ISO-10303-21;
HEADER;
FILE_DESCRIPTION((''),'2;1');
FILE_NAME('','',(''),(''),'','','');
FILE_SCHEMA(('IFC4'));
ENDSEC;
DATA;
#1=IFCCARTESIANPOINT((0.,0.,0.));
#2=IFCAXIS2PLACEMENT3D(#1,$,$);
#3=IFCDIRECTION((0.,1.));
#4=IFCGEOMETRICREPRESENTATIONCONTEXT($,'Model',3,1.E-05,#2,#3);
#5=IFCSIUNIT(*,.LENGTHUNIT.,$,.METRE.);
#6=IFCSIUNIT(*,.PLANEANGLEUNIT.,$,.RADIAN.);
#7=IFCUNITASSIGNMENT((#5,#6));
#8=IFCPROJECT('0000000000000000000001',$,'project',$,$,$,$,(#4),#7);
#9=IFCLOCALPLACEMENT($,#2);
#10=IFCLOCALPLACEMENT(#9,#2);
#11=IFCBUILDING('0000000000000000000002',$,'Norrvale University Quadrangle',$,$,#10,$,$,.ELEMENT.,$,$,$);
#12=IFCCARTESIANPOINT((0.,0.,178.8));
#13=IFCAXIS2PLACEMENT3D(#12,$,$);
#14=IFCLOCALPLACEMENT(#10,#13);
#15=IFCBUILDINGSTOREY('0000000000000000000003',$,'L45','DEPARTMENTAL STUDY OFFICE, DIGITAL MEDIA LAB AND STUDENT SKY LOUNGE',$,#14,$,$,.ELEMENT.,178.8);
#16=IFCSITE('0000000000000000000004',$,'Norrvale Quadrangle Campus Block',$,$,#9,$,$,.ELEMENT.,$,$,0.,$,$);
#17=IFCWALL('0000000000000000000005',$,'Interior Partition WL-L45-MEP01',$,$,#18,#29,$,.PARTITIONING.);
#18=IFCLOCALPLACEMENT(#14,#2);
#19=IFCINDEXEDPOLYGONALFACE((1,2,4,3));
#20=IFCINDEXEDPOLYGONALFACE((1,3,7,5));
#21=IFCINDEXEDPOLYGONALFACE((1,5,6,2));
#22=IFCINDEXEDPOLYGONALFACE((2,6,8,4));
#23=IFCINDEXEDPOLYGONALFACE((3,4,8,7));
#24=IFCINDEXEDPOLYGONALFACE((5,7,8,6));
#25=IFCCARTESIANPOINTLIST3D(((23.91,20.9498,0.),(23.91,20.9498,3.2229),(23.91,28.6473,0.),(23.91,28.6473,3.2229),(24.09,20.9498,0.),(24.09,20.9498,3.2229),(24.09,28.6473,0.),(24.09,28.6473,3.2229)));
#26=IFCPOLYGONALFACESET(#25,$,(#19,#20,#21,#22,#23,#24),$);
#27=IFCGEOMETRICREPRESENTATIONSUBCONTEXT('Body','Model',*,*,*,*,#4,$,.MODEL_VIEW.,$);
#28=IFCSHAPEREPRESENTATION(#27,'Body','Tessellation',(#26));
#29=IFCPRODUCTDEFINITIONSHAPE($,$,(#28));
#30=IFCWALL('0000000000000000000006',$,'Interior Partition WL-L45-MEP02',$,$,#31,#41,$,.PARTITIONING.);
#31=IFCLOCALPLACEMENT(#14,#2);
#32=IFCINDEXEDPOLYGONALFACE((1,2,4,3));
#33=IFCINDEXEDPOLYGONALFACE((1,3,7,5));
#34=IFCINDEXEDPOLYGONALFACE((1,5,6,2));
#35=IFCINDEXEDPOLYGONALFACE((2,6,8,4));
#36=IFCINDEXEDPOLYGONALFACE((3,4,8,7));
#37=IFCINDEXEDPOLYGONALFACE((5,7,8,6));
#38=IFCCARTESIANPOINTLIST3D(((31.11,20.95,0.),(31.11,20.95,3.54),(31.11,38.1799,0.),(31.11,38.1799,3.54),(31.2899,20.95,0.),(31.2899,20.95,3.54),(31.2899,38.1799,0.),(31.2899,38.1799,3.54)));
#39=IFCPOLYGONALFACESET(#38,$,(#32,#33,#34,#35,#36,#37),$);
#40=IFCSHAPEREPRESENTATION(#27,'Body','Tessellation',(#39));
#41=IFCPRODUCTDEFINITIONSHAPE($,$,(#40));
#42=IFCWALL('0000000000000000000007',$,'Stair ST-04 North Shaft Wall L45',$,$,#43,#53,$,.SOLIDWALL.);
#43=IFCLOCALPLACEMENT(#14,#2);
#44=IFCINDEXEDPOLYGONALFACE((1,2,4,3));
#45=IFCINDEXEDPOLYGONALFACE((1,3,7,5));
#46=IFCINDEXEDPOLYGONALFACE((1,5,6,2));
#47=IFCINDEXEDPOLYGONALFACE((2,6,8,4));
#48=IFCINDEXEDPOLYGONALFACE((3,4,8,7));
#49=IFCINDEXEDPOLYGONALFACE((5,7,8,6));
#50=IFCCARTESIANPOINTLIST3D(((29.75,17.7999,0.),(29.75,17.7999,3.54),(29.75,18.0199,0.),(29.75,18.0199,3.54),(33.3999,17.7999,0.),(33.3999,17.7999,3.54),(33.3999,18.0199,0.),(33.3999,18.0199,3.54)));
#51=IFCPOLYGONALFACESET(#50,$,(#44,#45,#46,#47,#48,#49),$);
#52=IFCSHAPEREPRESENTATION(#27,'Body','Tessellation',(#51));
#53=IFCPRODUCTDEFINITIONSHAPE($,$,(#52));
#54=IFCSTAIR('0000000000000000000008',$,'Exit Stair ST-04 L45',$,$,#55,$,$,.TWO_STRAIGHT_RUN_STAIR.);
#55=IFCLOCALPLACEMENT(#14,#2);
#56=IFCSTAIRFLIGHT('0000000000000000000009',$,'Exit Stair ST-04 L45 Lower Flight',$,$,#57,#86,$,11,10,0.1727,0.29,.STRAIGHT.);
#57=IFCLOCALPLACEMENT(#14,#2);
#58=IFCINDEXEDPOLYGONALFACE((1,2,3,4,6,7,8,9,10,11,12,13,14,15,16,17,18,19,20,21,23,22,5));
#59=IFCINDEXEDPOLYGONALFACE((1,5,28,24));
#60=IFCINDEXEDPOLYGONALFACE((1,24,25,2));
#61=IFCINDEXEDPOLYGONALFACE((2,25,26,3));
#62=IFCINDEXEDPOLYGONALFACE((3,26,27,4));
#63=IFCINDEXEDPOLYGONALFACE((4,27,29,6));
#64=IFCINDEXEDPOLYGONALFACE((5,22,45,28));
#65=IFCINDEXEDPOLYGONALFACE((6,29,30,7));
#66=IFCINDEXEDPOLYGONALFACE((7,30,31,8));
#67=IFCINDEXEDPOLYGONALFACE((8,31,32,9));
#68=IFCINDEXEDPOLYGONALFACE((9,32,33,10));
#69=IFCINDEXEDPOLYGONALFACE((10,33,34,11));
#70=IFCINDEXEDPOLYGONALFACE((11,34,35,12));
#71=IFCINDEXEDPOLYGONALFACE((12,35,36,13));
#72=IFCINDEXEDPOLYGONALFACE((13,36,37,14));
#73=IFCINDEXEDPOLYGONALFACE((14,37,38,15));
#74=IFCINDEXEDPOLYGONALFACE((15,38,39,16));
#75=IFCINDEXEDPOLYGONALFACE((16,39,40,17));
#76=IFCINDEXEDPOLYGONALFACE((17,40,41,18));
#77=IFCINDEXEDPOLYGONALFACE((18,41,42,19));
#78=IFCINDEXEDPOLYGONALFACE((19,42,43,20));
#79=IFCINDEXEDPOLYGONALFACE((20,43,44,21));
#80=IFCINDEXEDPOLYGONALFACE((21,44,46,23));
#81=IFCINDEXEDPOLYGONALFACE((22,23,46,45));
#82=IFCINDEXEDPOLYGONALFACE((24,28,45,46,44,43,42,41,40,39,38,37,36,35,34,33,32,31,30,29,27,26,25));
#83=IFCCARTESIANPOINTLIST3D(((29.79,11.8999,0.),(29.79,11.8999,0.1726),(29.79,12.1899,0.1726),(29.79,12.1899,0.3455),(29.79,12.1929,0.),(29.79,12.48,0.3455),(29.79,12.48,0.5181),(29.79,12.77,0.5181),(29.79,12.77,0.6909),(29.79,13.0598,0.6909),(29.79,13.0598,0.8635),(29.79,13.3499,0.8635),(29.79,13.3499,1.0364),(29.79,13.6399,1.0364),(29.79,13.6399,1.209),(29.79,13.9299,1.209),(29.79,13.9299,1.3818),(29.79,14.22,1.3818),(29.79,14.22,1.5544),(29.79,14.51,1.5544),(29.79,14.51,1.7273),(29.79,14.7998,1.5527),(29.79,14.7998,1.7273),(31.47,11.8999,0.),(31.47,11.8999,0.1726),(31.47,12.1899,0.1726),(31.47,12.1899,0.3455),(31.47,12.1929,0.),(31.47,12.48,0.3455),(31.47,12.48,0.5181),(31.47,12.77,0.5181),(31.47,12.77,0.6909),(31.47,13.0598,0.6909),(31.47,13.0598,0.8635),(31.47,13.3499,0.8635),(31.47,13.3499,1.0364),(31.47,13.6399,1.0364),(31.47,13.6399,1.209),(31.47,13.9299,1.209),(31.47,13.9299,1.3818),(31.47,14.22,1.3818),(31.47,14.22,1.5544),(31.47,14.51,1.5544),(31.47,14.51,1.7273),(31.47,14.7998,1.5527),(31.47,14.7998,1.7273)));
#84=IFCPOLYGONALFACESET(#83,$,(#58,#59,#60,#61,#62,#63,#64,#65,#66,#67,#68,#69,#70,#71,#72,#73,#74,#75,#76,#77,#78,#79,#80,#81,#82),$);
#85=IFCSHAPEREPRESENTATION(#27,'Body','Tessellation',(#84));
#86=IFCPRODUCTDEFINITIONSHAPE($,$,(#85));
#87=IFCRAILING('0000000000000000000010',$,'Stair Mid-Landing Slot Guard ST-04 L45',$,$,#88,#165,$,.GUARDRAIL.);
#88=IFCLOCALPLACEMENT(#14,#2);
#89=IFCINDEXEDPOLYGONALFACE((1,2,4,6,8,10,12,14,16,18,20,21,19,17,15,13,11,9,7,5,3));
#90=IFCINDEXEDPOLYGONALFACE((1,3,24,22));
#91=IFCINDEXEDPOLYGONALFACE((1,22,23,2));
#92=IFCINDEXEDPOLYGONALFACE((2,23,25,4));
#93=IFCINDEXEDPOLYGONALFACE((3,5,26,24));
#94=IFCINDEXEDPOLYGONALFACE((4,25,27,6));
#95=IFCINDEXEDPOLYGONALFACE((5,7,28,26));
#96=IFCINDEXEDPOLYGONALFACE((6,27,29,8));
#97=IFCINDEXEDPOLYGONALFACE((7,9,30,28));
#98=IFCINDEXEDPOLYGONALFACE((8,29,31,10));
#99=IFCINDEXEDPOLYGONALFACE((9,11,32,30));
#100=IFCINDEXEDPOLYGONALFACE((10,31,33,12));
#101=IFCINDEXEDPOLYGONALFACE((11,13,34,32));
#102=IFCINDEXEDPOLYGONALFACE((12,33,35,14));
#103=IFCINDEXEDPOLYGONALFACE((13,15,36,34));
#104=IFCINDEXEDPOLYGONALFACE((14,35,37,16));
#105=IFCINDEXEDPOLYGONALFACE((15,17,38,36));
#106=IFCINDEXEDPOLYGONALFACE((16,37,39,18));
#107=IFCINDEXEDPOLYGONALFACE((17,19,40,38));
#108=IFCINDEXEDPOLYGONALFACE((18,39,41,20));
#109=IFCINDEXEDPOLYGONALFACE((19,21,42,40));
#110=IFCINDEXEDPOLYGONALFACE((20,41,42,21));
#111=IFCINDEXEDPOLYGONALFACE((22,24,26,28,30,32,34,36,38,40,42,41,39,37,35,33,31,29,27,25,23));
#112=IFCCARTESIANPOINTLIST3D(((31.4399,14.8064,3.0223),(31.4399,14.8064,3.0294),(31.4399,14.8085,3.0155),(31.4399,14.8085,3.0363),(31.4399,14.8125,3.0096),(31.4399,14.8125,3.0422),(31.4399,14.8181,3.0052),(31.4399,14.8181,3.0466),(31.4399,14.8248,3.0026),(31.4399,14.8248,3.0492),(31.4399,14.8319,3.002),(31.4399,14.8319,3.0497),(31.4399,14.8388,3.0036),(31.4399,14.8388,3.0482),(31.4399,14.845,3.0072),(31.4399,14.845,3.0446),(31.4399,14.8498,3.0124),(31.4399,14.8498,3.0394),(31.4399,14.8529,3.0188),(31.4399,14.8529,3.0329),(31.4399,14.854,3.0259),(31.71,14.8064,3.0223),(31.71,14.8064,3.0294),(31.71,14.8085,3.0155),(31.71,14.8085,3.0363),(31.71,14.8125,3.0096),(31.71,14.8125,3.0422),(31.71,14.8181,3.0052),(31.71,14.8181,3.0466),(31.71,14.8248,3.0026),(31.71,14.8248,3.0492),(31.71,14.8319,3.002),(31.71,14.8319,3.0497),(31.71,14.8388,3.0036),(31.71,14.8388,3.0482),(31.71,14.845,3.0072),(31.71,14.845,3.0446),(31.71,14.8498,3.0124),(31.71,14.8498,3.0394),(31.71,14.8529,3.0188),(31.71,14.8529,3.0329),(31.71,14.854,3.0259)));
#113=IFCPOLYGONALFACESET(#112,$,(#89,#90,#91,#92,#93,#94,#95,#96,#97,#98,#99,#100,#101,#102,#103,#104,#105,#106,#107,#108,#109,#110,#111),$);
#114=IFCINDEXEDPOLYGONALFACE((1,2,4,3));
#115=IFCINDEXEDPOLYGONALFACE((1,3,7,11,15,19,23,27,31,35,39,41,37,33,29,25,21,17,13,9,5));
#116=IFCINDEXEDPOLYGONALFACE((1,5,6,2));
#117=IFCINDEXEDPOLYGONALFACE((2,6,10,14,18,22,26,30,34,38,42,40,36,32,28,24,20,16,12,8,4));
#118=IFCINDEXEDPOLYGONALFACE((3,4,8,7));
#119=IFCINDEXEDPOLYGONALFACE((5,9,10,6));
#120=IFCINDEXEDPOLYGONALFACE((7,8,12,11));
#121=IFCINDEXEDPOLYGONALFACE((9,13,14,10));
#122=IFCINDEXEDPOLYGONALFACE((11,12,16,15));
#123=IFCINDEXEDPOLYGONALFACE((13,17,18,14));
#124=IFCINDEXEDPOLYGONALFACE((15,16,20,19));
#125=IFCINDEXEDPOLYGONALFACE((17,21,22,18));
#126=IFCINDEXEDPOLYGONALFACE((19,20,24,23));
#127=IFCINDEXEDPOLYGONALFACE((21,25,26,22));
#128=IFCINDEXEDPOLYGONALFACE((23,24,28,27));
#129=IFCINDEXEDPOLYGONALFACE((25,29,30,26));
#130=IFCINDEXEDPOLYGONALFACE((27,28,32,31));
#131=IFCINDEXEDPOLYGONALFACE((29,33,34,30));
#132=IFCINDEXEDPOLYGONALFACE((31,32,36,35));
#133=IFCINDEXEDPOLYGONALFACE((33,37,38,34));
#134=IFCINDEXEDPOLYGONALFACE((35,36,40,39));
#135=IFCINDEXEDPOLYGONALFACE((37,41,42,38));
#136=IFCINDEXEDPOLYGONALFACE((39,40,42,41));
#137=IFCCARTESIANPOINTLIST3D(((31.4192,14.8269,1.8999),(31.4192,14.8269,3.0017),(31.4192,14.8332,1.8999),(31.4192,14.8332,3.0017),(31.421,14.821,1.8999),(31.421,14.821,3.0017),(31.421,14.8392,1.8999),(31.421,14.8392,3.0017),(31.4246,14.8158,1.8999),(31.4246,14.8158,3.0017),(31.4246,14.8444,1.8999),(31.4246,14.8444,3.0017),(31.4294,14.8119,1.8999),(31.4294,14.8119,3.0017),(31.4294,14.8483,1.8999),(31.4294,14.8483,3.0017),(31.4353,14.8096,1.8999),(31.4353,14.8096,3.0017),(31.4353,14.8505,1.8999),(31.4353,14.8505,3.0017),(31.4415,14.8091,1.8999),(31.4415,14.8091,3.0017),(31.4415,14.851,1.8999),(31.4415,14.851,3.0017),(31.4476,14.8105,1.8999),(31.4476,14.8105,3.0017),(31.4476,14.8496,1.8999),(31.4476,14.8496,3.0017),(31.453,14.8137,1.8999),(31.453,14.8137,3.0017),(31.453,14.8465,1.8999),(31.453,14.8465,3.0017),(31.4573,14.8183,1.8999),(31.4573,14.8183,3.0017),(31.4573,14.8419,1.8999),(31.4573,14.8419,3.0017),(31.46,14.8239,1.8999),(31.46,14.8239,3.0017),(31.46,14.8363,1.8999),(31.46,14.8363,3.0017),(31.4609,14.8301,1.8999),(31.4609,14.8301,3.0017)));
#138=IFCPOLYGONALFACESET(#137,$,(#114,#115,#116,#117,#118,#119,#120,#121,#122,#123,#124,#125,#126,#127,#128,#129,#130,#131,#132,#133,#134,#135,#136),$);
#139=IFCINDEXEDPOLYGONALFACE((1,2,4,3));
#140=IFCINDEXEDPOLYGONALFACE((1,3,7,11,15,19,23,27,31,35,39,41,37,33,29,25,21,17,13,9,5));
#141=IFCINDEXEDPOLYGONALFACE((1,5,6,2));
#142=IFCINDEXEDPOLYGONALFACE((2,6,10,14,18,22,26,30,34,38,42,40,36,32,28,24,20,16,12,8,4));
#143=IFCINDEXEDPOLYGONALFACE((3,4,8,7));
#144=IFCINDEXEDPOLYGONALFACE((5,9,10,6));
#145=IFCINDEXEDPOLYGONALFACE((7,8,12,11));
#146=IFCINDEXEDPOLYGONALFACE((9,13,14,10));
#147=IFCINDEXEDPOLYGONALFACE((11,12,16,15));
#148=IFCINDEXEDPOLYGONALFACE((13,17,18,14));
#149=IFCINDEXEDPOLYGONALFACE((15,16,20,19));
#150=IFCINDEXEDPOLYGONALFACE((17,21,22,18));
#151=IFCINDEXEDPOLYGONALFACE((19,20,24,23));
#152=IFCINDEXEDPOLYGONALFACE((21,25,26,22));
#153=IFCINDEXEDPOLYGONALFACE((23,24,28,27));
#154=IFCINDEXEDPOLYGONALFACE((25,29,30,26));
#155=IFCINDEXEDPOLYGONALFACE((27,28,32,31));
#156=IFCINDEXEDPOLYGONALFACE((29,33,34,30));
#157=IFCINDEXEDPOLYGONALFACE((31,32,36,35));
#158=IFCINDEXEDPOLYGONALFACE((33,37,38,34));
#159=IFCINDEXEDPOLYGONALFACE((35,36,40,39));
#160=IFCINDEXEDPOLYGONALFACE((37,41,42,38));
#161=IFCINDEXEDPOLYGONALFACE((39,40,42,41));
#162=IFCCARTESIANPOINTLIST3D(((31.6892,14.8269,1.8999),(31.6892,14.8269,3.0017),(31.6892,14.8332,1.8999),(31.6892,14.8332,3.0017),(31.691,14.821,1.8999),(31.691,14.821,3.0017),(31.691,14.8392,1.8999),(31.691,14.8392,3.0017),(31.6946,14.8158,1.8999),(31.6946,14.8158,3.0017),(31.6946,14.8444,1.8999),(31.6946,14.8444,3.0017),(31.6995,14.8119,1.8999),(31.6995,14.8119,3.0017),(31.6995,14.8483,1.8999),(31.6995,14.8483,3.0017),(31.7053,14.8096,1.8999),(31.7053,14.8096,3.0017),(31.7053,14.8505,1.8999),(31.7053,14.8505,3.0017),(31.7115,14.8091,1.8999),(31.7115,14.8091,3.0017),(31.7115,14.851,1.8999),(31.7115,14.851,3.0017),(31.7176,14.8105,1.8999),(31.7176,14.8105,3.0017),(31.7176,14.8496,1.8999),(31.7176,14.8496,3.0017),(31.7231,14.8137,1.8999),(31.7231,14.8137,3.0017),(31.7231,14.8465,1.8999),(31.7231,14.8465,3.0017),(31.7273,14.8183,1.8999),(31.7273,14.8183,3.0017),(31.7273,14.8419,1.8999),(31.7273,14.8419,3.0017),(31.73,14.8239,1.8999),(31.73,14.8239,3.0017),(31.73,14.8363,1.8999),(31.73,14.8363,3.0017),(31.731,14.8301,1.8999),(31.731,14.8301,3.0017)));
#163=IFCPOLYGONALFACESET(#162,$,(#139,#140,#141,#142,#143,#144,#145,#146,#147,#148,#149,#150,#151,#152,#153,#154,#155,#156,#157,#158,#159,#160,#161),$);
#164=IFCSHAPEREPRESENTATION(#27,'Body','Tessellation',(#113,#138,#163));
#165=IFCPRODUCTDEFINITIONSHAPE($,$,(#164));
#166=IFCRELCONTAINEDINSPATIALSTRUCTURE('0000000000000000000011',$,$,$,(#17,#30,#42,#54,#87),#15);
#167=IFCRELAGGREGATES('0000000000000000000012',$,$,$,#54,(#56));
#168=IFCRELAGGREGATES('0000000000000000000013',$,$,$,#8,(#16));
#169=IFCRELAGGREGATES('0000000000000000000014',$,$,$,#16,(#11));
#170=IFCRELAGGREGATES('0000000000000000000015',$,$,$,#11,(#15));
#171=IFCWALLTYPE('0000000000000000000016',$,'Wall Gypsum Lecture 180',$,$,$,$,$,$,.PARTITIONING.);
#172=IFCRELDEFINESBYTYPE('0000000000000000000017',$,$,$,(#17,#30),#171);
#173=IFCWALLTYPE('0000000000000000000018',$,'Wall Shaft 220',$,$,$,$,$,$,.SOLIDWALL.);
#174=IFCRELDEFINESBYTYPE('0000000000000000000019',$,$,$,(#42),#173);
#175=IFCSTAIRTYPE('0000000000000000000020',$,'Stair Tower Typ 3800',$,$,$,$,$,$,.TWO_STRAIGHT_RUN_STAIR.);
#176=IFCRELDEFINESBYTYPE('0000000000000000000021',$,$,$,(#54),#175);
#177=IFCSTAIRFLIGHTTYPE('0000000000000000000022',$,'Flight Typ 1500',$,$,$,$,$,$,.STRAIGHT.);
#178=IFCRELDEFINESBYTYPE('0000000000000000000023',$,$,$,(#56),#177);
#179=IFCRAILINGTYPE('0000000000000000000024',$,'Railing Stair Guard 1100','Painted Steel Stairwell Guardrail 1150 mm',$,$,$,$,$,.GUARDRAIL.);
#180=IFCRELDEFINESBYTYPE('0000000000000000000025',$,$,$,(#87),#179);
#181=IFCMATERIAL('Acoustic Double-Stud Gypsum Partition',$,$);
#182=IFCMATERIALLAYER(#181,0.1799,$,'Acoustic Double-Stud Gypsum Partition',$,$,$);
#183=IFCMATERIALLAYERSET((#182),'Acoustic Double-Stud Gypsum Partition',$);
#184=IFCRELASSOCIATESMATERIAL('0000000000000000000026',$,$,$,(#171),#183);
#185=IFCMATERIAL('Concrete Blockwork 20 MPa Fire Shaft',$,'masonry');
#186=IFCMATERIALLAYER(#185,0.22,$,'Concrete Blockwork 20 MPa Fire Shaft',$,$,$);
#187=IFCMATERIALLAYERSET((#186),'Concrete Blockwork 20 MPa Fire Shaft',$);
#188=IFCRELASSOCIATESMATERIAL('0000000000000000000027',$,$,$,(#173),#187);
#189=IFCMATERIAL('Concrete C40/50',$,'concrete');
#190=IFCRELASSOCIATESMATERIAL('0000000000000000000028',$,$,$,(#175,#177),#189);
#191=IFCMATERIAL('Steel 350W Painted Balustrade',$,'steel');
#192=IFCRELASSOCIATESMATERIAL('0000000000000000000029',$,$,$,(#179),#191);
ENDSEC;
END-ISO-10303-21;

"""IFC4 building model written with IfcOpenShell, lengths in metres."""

from ifc_helpers import new_model, si_unit, direction, frame, frame_2d, origin, origin_2d, place, context, subcontext, project, spatial, polyline, rectangle, circle, outline, extrude, material, layer, layer_set, type_object, element, aggregate, save


model = new_model("IFC4")

# Units and contexts
model_context = context("Model", 3, precision=1e-05, world=origin(), true_north=direction((0.0, 1.0)))
body_context = subcontext(model_context, "Body", "Model", "MODEL_VIEW")
ifc_project = project(units=[si_unit("LENGTHUNIT", "METRE"), si_unit("PLANEANGLEUNIT", "RADIAN")], contexts=[model_context])

# Site, building, storey
site_placement = place(None, origin())
site = spatial("IfcSite", under=ifc_project, at=site_placement, Name="Norrvale Quadrangle Campus Block", CompositionType="ELEMENT", RefElevation=0.0)
building_placement = place(site_placement, origin())
building = spatial("IfcBuilding", under=site, at=building_placement, Name="Norrvale University Quadrangle", CompositionType="ELEMENT")
storey_placement = place(building_placement, frame((0.0, 0.0, 178.8)))
storey = spatial("IfcBuildingStorey", under=building, at=storey_placement, Name="L45", Description="DEPARTMENTAL STUDY OFFICE, DIGITAL MEDIA LAB AND STUDENT SKY LOUNGE", CompositionType="ELEMENT", Elevation=178.8)

# Walls
ifc_material_1 = material(Name="Acoustic Double-Stud Gypsum Partition")
ifc_layer_1 = layer(ifc_material_1, 0.1799, Name="Acoustic Double-Stud Gypsum Partition")
ifc_layer_set_1 = layer_set([ifc_layer_1], Name="Acoustic Double-Stud Gypsum Partition")
wall_type_1 = type_object("IfcWallType", Name="Wall Gypsum Lecture 180", PredefinedType="PARTITIONING", material=ifc_layer_set_1)
wall_1_placement = place(storey_placement, frame((24.0, 20.95, 0.0), z_axis=(0.0, 0.0, 1.0), x_axis=(0.0, 1.0, 0.0)))
element("IfcWall", 1, at=wall_1_placement, inside=storey, type_object=wall_type_1, Name="Interior Partition WL-L45-MEP01", PredefinedType="PARTITIONING", context=body_context, shape_type="SweptSolid", body=[
    extrude(rectangle(XDim=7.6975, YDim=0.1799, at=frame_2d((3.8486, 0.0))), origin(), (0.0, 0.0, 1.0), 3.2229),
])
wall_2_placement = place(storey_placement, frame((31.2, 20.95, 0.0), z_axis=(0.0, 0.0, 1.0), x_axis=(0.0, 1.0, 0.0)))
element("IfcWall", 2, at=wall_2_placement, inside=storey, type_object=wall_type_1, Name="Interior Partition WL-L45-MEP02", PredefinedType="PARTITIONING", context=body_context, shape_type="SweptSolid", body=[
    extrude(rectangle(XDim=17.23, YDim=0.1799, at=frame_2d((8.615, 0.0))), origin(), (0.0, 0.0, 1.0), 3.54),
])
ifc_material_2 = material(Name="Concrete Blockwork 20 MPa Fire Shaft", Category="masonry")
ifc_layer_2 = layer(ifc_material_2, 0.22, Name="Concrete Blockwork 20 MPa Fire Shaft")
ifc_layer_set_2 = layer_set([ifc_layer_2], Name="Concrete Blockwork 20 MPa Fire Shaft")
wall_type_2 = type_object("IfcWallType", Name="Wall Shaft 220", PredefinedType="SOLIDWALL", material=ifc_layer_set_2)
wall_3_placement = place(storey_placement, frame((29.75, 17.9099, 0.0), z_axis=(0.0, 0.0, 1.0), x_axis=(1.0, 0.0, 0.0)))
element("IfcWall", 3, at=wall_3_placement, inside=storey, type_object=wall_type_2, Name="Stair ST-04 North Shaft Wall L45", PredefinedType="SOLIDWALL", context=body_context, shape_type="SweptSolid", body=[
    extrude(rectangle(XDim=3.6499, YDim=0.22, at=frame_2d((1.825, 0.0))), origin(), (0.0, 0.0, 1.0), 3.54),
])

# Stair, stair flight
ifc_material_3 = material(Name="Concrete C40/50", Category="concrete")
stair_type = type_object("IfcStairType", Name="Stair Tower Typ 3800", PredefinedType="TWO_STRAIGHT_RUN_STAIR", material=ifc_material_3)
stair_placement = place(storey_placement, origin())
stair = element("IfcStair", 4, at=stair_placement, inside=storey, type_object=stair_type, Name="Exit Stair ST-04 L45", PredefinedType="TWO_STRAIGHT_RUN_STAIR")
stair_flight_type = type_object("IfcStairFlightType", Name="Flight Typ 1500", PredefinedType="STRAIGHT", material=ifc_material_3)
stair_flight_placement = place(storey_placement, frame((30.6299, 11.8999, 0.0), z_axis=(0.0, 0.0, 1.0), x_axis=(0.0, 1.0, 0.0)))
stair_flight = element("IfcStairFlight", 5, at=stair_flight_placement, type_object=stair_flight_type, Name="Exit Stair ST-04 L45 Lower Flight", NumberOfRisers=11, NumberOfTreads=10, PredefinedType="STRAIGHT", RiserHeight=0.1727, TreadLength=0.29, context=body_context, shape_type="SweptSolid", body=[
    extrude(outline(polyline([(0.0, 0.0), (0.0, 0.1726), (0.29, 0.1726), (0.29, 0.3455), (0.5801, 0.3455), (0.5801, 0.5181), (0.8701, 0.5181), (0.8701, 0.6909), (1.1599, 0.6909), (1.1599, 0.8635), (1.45, 0.8635), (1.45, 1.0364), (1.74, 1.0364), (1.74, 1.209), (2.03, 1.209), (2.03, 1.3818), (2.3201, 1.3818), (2.3201, 1.5544), (2.6101, 1.5544), (2.6101, 1.7273), (2.8999, 1.7273), (2.8999, 1.8999), (2.8999, 1.5527), (0.293, 0.0), (0.0, 0.0)])), frame((0.0, 0.8398, 0.0), z_axis=(0.0, -1.0, 0.0), x_axis=(1.0, 0.0, 0.0)), (0.0, 0.0, 1.0), 1.6799),
])
aggregate(stair, [stair_flight])

# Railing
ifc_material_4 = material(Name="Steel 350W Painted Balustrade", Category="steel")
railing_type_1 = type_object("IfcRailingType", Name="Railing Stair Guard 1100", Description="Painted Steel Stairwell Guardrail 1150 mm", PredefinedType="GUARDRAIL", material=ifc_material_4)
railing_1_placement = place(storey_placement, frame((31.4399, 14.8301, 1.8999)))
element("IfcRailing", 6, at=railing_1_placement, inside=storey, type_object=railing_type_1, Name="Stair Mid-Landing Slot Guard ST-04 L45", PredefinedType="GUARDRAIL", context=body_context, shape_type="SweptSolid", body=[
    extrude(circle(Radius=0.0239, at=origin_2d()), frame((0.0, 0.0, 1.126), z_axis=(1.0, 0.0, 0.0), x_axis=(0.0, 1.0, 0.0)), (0.0, 0.0, 1.0), 0.27),
    extrude(circle(Radius=0.021, at=origin_2d()), origin(), (0.0, 0.0, 1.0), 1.1018),
    extrude(circle(Radius=0.021, at=origin_2d()), frame((0.27, 0.0, 0.0)), (0.0, 0.0, 1.0), 1.1018),
])

save(model, "model.ifc")
